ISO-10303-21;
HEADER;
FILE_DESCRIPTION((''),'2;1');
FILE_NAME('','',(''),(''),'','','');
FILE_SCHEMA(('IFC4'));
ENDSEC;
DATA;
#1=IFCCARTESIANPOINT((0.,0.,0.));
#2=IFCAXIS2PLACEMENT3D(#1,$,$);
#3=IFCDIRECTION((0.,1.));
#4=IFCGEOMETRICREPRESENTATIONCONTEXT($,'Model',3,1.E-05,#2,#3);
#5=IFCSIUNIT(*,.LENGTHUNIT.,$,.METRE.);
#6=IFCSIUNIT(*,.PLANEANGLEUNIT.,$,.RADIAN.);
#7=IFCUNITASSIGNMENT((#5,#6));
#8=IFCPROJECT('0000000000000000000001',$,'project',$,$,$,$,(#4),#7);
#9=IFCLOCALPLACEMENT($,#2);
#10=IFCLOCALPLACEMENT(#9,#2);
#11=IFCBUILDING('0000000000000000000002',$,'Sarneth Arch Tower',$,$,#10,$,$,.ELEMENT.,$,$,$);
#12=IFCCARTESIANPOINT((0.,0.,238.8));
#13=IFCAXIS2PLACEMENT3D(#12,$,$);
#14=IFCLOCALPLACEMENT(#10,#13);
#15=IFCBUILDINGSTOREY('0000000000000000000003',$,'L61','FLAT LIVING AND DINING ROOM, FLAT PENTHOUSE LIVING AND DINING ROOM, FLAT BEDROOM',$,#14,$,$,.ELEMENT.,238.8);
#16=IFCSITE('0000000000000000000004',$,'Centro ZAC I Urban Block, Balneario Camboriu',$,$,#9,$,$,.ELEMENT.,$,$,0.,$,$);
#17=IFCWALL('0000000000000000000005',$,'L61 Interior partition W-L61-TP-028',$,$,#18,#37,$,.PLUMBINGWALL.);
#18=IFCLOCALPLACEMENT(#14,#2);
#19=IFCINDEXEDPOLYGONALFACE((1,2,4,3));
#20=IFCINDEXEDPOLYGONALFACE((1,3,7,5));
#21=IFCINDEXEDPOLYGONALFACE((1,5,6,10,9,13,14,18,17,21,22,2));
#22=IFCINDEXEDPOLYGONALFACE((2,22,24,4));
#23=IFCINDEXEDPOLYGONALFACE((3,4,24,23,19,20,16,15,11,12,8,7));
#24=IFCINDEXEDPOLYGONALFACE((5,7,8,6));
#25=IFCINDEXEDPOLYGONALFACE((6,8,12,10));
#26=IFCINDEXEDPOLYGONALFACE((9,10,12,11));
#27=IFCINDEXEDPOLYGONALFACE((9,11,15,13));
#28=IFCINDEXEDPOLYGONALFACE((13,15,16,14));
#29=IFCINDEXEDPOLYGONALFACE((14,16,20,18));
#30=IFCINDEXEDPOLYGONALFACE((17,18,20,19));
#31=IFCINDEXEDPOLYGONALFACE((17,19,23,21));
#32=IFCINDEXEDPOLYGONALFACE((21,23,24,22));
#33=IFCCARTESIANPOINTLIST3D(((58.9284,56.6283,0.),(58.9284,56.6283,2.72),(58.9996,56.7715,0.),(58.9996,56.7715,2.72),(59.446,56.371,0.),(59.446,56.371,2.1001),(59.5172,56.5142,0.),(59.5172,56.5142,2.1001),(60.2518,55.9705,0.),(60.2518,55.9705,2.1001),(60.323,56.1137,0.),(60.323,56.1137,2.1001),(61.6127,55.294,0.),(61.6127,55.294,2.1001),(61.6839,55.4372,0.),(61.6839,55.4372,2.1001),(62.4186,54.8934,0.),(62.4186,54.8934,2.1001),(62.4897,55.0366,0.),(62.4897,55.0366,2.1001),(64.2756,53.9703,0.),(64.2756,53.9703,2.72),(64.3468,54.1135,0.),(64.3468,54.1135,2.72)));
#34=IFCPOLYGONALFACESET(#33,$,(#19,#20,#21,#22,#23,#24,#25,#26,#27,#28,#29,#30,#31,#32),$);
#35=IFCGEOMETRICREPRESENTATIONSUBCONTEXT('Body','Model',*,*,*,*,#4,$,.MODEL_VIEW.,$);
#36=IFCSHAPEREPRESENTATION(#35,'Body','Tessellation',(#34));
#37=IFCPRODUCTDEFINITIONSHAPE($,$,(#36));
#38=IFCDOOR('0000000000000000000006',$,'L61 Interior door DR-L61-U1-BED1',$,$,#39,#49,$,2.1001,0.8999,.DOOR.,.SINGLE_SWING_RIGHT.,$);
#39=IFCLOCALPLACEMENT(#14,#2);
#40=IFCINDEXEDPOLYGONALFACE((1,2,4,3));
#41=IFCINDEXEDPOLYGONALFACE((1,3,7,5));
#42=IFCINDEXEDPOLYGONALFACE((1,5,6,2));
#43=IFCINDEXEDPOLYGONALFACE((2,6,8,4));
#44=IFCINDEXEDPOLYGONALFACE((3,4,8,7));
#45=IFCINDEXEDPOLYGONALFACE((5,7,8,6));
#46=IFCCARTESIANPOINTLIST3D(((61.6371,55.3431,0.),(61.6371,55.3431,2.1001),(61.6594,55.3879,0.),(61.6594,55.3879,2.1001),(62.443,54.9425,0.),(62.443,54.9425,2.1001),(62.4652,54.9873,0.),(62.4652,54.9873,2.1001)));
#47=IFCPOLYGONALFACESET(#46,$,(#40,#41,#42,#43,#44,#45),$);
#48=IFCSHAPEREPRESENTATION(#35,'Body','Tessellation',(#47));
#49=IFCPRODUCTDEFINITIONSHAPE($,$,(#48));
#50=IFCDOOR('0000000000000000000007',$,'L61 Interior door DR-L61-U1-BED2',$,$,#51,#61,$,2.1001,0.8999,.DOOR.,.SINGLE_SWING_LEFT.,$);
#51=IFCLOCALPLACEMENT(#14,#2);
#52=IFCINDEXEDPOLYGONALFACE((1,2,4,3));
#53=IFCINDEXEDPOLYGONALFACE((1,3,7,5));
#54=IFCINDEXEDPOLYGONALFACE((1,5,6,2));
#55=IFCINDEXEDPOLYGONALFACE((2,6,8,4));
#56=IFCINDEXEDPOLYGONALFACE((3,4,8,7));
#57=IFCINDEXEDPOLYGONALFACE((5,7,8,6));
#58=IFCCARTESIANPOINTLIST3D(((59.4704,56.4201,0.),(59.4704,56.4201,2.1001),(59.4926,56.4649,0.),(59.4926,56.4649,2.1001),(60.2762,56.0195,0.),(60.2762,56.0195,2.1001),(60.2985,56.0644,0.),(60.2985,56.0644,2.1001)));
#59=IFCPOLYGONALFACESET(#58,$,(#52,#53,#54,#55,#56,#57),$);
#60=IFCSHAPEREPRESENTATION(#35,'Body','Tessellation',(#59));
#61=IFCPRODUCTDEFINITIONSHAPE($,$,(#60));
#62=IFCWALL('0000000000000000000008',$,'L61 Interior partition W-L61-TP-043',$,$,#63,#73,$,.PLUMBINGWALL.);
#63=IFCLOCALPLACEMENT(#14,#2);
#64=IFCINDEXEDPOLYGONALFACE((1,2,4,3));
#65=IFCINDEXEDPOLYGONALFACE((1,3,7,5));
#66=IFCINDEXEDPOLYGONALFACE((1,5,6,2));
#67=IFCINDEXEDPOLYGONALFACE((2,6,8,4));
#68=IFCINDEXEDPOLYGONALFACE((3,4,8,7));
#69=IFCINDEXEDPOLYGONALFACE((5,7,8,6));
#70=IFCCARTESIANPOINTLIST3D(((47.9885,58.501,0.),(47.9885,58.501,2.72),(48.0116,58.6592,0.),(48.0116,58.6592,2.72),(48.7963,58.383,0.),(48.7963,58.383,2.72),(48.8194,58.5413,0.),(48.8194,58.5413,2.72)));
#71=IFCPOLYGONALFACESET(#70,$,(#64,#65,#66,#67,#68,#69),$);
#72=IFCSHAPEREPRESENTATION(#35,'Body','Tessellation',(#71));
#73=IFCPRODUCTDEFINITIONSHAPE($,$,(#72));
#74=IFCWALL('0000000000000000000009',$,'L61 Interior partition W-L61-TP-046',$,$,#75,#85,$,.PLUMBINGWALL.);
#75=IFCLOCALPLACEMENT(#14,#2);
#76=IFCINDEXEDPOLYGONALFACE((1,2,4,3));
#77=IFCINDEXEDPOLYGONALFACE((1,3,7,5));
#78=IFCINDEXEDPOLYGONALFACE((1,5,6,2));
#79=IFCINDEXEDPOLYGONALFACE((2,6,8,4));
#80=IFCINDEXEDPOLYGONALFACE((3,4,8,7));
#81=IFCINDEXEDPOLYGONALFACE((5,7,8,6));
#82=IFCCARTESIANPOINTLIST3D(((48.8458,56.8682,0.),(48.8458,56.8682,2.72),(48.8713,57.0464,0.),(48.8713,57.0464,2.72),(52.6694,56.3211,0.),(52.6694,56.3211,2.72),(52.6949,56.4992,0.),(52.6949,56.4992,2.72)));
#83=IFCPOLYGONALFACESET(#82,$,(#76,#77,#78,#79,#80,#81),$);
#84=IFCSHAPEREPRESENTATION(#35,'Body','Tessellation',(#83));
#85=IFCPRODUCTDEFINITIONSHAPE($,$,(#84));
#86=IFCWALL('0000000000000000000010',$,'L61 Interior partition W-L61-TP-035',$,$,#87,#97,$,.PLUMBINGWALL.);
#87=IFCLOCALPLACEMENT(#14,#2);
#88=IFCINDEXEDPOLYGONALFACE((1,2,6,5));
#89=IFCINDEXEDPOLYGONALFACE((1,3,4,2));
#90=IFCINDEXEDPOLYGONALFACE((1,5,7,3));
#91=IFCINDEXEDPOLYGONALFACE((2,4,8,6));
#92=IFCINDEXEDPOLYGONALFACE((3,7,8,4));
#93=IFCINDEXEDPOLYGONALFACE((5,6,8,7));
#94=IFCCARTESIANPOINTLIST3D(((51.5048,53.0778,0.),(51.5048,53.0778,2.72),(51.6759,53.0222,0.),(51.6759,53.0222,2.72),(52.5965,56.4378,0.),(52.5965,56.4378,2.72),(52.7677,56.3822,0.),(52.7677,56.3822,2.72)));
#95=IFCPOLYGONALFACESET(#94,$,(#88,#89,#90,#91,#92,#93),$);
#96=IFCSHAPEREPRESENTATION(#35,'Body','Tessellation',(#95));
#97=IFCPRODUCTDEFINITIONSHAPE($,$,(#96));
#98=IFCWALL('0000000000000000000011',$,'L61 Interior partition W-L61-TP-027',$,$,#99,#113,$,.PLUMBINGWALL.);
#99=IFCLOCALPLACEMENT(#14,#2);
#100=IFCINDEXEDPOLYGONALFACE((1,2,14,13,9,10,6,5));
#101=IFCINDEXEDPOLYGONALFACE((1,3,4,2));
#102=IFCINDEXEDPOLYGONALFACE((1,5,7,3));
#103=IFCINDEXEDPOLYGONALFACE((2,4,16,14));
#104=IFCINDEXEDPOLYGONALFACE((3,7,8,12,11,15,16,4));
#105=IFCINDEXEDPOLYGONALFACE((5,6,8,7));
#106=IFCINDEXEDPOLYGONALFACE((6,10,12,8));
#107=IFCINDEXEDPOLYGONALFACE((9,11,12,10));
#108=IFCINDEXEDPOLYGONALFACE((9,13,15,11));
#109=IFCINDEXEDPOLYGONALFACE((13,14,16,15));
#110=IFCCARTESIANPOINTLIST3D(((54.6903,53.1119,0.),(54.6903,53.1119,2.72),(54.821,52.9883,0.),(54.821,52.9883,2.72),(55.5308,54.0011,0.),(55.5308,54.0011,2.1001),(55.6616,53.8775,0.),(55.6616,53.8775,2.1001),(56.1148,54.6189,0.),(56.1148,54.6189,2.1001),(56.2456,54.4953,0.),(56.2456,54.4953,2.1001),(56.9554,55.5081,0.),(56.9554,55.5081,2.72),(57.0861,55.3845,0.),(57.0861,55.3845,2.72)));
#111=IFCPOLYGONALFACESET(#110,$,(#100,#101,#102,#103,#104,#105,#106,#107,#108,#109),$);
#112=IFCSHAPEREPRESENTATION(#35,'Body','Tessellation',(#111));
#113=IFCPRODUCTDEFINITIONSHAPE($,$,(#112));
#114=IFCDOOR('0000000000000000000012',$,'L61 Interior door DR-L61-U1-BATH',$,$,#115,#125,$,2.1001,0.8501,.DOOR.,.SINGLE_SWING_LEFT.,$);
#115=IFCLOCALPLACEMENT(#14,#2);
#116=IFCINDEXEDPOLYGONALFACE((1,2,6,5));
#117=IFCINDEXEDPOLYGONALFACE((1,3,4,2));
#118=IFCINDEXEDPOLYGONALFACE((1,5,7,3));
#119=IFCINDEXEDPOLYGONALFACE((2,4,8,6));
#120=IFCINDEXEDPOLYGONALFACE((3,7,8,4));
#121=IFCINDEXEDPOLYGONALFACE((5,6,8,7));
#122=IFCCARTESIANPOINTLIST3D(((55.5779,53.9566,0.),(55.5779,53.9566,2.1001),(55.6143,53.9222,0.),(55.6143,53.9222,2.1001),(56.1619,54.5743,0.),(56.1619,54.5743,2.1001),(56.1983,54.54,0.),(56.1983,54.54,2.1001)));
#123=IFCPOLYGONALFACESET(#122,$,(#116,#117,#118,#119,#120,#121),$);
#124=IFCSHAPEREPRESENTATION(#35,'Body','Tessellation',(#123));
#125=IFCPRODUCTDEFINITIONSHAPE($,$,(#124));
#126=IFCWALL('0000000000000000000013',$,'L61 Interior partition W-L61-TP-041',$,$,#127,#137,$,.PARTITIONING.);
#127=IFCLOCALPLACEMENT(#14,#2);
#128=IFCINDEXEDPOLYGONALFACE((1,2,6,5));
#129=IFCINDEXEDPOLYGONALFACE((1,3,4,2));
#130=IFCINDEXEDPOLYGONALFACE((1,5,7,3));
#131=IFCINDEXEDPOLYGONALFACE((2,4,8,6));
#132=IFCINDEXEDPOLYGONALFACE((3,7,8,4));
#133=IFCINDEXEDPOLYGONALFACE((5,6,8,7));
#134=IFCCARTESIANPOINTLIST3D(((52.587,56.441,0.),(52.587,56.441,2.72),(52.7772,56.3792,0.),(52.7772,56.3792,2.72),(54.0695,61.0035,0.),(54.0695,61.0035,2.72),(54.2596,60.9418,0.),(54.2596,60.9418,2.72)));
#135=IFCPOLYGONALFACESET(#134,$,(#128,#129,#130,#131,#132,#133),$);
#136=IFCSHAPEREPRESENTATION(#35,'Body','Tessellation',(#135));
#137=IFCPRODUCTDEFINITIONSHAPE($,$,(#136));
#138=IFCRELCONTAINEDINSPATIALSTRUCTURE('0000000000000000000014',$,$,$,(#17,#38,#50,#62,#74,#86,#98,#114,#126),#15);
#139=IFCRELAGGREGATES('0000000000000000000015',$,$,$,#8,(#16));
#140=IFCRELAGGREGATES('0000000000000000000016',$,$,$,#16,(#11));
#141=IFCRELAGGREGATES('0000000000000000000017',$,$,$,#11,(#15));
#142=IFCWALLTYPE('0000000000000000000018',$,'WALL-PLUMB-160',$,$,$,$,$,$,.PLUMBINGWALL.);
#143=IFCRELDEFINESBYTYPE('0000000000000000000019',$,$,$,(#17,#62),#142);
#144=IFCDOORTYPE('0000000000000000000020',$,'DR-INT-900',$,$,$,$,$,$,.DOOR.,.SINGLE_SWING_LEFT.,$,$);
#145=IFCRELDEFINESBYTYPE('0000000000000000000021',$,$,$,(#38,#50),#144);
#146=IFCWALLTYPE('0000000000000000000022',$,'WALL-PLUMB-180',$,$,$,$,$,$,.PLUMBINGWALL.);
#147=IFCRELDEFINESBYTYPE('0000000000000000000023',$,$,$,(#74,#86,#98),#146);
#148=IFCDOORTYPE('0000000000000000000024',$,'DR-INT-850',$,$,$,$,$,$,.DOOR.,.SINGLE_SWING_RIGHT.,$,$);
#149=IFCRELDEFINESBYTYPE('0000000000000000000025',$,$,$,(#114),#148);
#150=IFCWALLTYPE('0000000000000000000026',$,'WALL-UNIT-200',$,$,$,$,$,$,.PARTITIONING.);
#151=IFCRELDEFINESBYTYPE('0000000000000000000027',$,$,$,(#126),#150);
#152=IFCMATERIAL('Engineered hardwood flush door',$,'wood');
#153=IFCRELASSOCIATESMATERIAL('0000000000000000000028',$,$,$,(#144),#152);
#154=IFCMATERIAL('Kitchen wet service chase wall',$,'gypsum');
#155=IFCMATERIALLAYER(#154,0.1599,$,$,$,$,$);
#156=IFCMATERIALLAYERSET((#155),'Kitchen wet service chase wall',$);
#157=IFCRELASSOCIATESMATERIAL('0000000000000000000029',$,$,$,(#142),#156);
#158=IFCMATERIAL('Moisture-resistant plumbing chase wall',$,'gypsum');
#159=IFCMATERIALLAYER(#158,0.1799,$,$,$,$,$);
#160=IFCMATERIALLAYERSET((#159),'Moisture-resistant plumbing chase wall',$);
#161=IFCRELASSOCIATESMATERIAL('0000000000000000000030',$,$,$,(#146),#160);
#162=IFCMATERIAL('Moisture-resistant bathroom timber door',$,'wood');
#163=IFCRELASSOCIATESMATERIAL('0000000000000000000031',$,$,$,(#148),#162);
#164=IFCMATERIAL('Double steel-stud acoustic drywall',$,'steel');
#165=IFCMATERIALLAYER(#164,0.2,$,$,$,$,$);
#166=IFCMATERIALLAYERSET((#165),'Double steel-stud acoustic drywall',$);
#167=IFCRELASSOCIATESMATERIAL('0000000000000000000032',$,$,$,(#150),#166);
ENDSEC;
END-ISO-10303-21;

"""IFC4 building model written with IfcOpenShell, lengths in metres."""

from ifc_helpers import new_model, si_unit, direction, frame, frame_2d, origin, place, context, subcontext, project, spatial, rectangle, extrude, material, layer, layer_set, type_object, element, fill, save


model = new_model("IFC4")

# Units and contexts
model_context = context("Model", 3, precision=1e-05, world=origin(), true_north=direction((0.0, 1.0)))
body_context = subcontext(model_context, "Body", "Model", "MODEL_VIEW")
ifc_project = project(units=[si_unit("LENGTHUNIT", "METRE"), si_unit("PLANEANGLEUNIT", "RADIAN")], contexts=[model_context])

# Site, building, storey
site_placement = place(None, origin())
site = spatial("IfcSite", under=ifc_project, at=site_placement, Name="Centro ZAC I Urban Block, Balneario Camboriu", CompositionType="ELEMENT", RefElevation=0.0)
building_placement = place(site_placement, origin())
building = spatial("IfcBuilding", under=site, at=building_placement, Name="Sarneth Arch Tower", CompositionType="ELEMENT")
storey_placement = place(building_placement, frame((0.0, 0.0, 238.8)))
storey = spatial("IfcBuildingStorey", under=building, at=storey_placement, Name="L61", Description="FLAT LIVING AND DINING ROOM, FLAT PENTHOUSE LIVING AND DINING ROOM, FLAT BEDROOM", CompositionType="ELEMENT", Elevation=238.8)

# Shared definitions
ifc_material_1 = material(Name="Engineered hardwood flush door", Category="wood")
door_type_1 = type_object("IfcDoorType", Name="DR-INT-900", OperationType="SINGLE_SWING_LEFT", PredefinedType="DOOR", material=ifc_material_1)

# Shared definitions
ifc_material_2 = material(Name="Kitchen wet service chase wall", Category="gypsum")
ifc_layer_1 = layer(ifc_material_2, 0.1599)
ifc_layer_set_1 = layer_set([ifc_layer_1], Name="Kitchen wet service chase wall")
wall_type_1 = type_object("IfcWallType", Name="WALL-PLUMB-160", PredefinedType="PLUMBINGWALL", material=ifc_layer_set_1)

# Wall, openings, doors
wall_1_placement = place(storey_placement, frame((58.9639, 56.7, 0.0), z_axis=(0.0, 0.0, 1.0), x_axis=(0.895471, -0.445119, 0.0)))
wall_1 = element("IfcWall", 1, at=wall_1_placement, inside=storey, type_object=wall_type_1, Name="L61 Interior partition W-L61-TP-028", PredefinedType="PLUMBINGWALL", context=body_context, shape_type="SweptSolid", body=[
    extrude(rectangle(XDim=5.9714, YDim=0.1599, at=frame_2d((2.9858, 0.0))), origin(), (0.0, 0.0, 1.0), 2.72),
])
opening_1_placement = place(wall_1_placement, frame((2.9978, 0.0, 0.0)))
opening_1 = element("IfcOpeningElement", 2, at=opening_1_placement, cuts=wall_1, PredefinedType="OPENING", context=body_context, shape_type="SweptSolid", body=[
    extrude(rectangle(XDim=0.8999, YDim=2.1001, at=frame_2d((0.45, 1.05))), frame((0.0, 0.0898, 0.0), z_axis=(0.0, -1.0, 0.0), x_axis=(1.0, 0.0, 0.0)), (0.0, 0.0, 1.0), 0.1799),
])
opening_2_placement = place(wall_1_placement, frame((0.5781, 0.0, 0.0)))
opening_2 = element("IfcOpeningElement", 3, at=opening_2_placement, cuts=wall_1, PredefinedType="OPENING", context=body_context, shape_type="SweptSolid", body=[
    extrude(rectangle(XDim=0.8999, YDim=2.1001, at=frame_2d((0.45, 1.05))), frame((0.0, 0.0898, 0.0), z_axis=(0.0, -1.0, 0.0), x_axis=(1.0, 0.0, 0.0)), (0.0, 0.0, 1.0), 0.1799),
])
door_1_placement = place(opening_1_placement, origin())
door_1 = element("IfcDoor", 4, at=door_1_placement, inside=storey, type_object=door_type_1, Name="L61 Interior door DR-L61-U1-BED1", OperationType="SINGLE_SWING_RIGHT", OverallHeight=2.1001, OverallWidth=0.8999, PredefinedType="DOOR", context=body_context, shape_type="SweptSolid", body=[
    extrude(rectangle(XDim=0.8999, YDim=2.1001, at=frame_2d((0.45, 1.05))), frame((0.0, 0.0249, 0.0), z_axis=(0.0, -1.0, 0.0), x_axis=(1.0, 0.0, 0.0)), (0.0, 0.0, 1.0), 0.05),
])
fill(opening_1, door_1)
door_2_placement = place(opening_2_placement, origin())
door_2 = element("IfcDoor", 5, at=door_2_placement, inside=storey, type_object=door_type_1, Name="L61 Interior door DR-L61-U1-BED2", OperationType="SINGLE_SWING_LEFT", OverallHeight=2.1001, OverallWidth=0.8999, PredefinedType="DOOR", context=body_context, shape_type="SweptSolid", body=[
    extrude(rectangle(XDim=0.8999, YDim=2.1001, at=frame_2d((0.45, 1.05))), frame((0.0, 0.0249, 0.0), z_axis=(0.0, -1.0, 0.0), x_axis=(1.0, 0.0, 0.0)), (0.0, 0.0, 1.0), 0.05),
])
fill(opening_2, door_2)

# Walls
wall_2_placement = place(storey_placement, frame((48.8079, 58.4622, 0.0), z_axis=(0.0, 0.0, 1.0), x_axis=(-0.989514, 0.144435, 0.0)))
element("IfcWall", 6, at=wall_2_placement, inside=storey, type_object=wall_type_1, Name="L61 Interior partition W-L61-TP-043", PredefinedType="PLUMBINGWALL", context=body_context, shape_type="SweptSolid", body=[
    extrude(rectangle(XDim=0.8164, YDim=0.1599, at=frame_2d((0.4082, 0.0))), origin(), (0.0, 0.0, 1.0), 2.72),
])
ifc_material_3 = material(Name="Moisture-resistant plumbing chase wall", Category="gypsum")
ifc_layer_2 = layer(ifc_material_3, 0.1799)
ifc_layer_set_2 = layer_set([ifc_layer_2], Name="Moisture-resistant plumbing chase wall")
wall_type_2 = type_object("IfcWallType", Name="WALL-PLUMB-180", PredefinedType="PLUMBINGWALL", material=ifc_layer_set_2)
wall_3_placement = place(storey_placement, frame((48.8586, 56.9573, 0.0), z_axis=(0.0, 0.0, 1.0), x_axis=(0.989917, -0.141651, 0.0)))
element("IfcWall", 7, at=wall_3_placement, inside=storey, type_object=wall_type_2, Name="L61 Interior partition W-L61-TP-046", PredefinedType="PLUMBINGWALL", context=body_context, shape_type="SweptSolid", body=[
    extrude(rectangle(XDim=3.8625, YDim=0.1799, at=frame_2d((1.9312, 0.0))), origin(), (0.0, 0.0, 1.0), 2.72),
])
wall_4_placement = place(storey_placement, frame((52.6821, 56.4102, 0.0), z_axis=(0.0, 0.0, 1.0), x_axis=(-0.309025, -0.951054, 0.0)))
element("IfcWall", 8, at=wall_4_placement, inside=storey, type_object=wall_type_2, Name="L61 Interior partition W-L61-TP-035", PredefinedType="PLUMBINGWALL", context=body_context, shape_type="SweptSolid", body=[
    extrude(rectangle(XDim=3.533, YDim=0.1799, at=frame_2d((1.7666, 0.0))), origin(), (0.0, 0.0, 1.0), 2.72),
])

# Wall, opening, door
wall_5_placement = place(storey_placement, frame((57.0208, 55.4463, 0.0), z_axis=(0.0, 0.0, 1.0), x_axis=(-0.686947, -0.726707, 0.0)))
wall_5 = element("IfcWall", 9, at=wall_5_placement, inside=storey, type_object=wall_type_2, Name="L61 Interior partition W-L61-TP-027", PredefinedType="PLUMBINGWALL", context=body_context, shape_type="SweptSolid", body=[
    extrude(rectangle(XDim=3.2974, YDim=0.1799, at=frame_2d((1.6487, 0.0))), origin(), (0.0, 0.0, 1.0), 2.72),
])
opening_3_placement = place(wall_5_placement, frame((1.2236, 0.0, 0.0)))
opening_3 = element("IfcOpeningElement", 10, at=opening_3_placement, cuts=wall_5, PredefinedType="OPENING", context=body_context, shape_type="SweptSolid", body=[
    extrude(rectangle(XDim=0.8501, YDim=2.1001, at=frame_2d((0.425, 1.05))), frame((0.0, 0.0999, 0.0), z_axis=(0.0, -1.0, 0.0), x_axis=(1.0, 0.0, 0.0)), (0.0, 0.0, 1.0), 0.2),
])
ifc_material_4 = material(Name="Moisture-resistant bathroom timber door", Category="wood")
door_type_2 = type_object("IfcDoorType", Name="DR-INT-850", OperationType="SINGLE_SWING_RIGHT", PredefinedType="DOOR", material=ifc_material_4)
door_3_placement = place(opening_3_placement, origin())
door_3 = element("IfcDoor", 11, at=door_3_placement, inside=storey, type_object=door_type_2, Name="L61 Interior door DR-L61-U1-BATH", OperationType="SINGLE_SWING_LEFT", OverallHeight=2.1001, OverallWidth=0.8501, PredefinedType="DOOR", context=body_context, shape_type="SweptSolid", body=[
    extrude(rectangle(XDim=0.8501, YDim=2.1001, at=frame_2d((0.425, 1.05))), frame((0.0, 0.0249, 0.0), z_axis=(0.0, -1.0, 0.0), x_axis=(1.0, 0.0, 0.0)), (0.0, 0.0, 1.0), 0.05),
])
fill(opening_3, door_3)

# Wall
ifc_material_5 = material(Name="Double steel-stud acoustic drywall", Category="steel")
ifc_layer_3 = layer(ifc_material_5, 0.2)
ifc_layer_set_3 = layer_set([ifc_layer_3], Name="Double steel-stud acoustic drywall")
wall_type_3 = type_object("IfcWallType", Name="WALL-UNIT-200", PredefinedType="PARTITIONING", material=ifc_layer_set_3)
wall_6_placement = place(storey_placement, frame((54.1646, 60.9727, 0.0), z_axis=(0.0, 0.0, 1.0), x_axis=(-0.309012, -0.951058, 0.0)))
element("IfcWall", 12, at=wall_6_placement, inside=storey, type_object=wall_type_3, Name="L61 Interior partition W-L61-TP-041", PredefinedType="PARTITIONING", context=body_context, shape_type="SweptSolid", body=[
    extrude(rectangle(XDim=4.7974, YDim=0.2, at=frame_2d((2.3987, 0.0))), origin(), (0.0, 0.0, 1.0), 2.72),
])

save(model, "model.ifc")
